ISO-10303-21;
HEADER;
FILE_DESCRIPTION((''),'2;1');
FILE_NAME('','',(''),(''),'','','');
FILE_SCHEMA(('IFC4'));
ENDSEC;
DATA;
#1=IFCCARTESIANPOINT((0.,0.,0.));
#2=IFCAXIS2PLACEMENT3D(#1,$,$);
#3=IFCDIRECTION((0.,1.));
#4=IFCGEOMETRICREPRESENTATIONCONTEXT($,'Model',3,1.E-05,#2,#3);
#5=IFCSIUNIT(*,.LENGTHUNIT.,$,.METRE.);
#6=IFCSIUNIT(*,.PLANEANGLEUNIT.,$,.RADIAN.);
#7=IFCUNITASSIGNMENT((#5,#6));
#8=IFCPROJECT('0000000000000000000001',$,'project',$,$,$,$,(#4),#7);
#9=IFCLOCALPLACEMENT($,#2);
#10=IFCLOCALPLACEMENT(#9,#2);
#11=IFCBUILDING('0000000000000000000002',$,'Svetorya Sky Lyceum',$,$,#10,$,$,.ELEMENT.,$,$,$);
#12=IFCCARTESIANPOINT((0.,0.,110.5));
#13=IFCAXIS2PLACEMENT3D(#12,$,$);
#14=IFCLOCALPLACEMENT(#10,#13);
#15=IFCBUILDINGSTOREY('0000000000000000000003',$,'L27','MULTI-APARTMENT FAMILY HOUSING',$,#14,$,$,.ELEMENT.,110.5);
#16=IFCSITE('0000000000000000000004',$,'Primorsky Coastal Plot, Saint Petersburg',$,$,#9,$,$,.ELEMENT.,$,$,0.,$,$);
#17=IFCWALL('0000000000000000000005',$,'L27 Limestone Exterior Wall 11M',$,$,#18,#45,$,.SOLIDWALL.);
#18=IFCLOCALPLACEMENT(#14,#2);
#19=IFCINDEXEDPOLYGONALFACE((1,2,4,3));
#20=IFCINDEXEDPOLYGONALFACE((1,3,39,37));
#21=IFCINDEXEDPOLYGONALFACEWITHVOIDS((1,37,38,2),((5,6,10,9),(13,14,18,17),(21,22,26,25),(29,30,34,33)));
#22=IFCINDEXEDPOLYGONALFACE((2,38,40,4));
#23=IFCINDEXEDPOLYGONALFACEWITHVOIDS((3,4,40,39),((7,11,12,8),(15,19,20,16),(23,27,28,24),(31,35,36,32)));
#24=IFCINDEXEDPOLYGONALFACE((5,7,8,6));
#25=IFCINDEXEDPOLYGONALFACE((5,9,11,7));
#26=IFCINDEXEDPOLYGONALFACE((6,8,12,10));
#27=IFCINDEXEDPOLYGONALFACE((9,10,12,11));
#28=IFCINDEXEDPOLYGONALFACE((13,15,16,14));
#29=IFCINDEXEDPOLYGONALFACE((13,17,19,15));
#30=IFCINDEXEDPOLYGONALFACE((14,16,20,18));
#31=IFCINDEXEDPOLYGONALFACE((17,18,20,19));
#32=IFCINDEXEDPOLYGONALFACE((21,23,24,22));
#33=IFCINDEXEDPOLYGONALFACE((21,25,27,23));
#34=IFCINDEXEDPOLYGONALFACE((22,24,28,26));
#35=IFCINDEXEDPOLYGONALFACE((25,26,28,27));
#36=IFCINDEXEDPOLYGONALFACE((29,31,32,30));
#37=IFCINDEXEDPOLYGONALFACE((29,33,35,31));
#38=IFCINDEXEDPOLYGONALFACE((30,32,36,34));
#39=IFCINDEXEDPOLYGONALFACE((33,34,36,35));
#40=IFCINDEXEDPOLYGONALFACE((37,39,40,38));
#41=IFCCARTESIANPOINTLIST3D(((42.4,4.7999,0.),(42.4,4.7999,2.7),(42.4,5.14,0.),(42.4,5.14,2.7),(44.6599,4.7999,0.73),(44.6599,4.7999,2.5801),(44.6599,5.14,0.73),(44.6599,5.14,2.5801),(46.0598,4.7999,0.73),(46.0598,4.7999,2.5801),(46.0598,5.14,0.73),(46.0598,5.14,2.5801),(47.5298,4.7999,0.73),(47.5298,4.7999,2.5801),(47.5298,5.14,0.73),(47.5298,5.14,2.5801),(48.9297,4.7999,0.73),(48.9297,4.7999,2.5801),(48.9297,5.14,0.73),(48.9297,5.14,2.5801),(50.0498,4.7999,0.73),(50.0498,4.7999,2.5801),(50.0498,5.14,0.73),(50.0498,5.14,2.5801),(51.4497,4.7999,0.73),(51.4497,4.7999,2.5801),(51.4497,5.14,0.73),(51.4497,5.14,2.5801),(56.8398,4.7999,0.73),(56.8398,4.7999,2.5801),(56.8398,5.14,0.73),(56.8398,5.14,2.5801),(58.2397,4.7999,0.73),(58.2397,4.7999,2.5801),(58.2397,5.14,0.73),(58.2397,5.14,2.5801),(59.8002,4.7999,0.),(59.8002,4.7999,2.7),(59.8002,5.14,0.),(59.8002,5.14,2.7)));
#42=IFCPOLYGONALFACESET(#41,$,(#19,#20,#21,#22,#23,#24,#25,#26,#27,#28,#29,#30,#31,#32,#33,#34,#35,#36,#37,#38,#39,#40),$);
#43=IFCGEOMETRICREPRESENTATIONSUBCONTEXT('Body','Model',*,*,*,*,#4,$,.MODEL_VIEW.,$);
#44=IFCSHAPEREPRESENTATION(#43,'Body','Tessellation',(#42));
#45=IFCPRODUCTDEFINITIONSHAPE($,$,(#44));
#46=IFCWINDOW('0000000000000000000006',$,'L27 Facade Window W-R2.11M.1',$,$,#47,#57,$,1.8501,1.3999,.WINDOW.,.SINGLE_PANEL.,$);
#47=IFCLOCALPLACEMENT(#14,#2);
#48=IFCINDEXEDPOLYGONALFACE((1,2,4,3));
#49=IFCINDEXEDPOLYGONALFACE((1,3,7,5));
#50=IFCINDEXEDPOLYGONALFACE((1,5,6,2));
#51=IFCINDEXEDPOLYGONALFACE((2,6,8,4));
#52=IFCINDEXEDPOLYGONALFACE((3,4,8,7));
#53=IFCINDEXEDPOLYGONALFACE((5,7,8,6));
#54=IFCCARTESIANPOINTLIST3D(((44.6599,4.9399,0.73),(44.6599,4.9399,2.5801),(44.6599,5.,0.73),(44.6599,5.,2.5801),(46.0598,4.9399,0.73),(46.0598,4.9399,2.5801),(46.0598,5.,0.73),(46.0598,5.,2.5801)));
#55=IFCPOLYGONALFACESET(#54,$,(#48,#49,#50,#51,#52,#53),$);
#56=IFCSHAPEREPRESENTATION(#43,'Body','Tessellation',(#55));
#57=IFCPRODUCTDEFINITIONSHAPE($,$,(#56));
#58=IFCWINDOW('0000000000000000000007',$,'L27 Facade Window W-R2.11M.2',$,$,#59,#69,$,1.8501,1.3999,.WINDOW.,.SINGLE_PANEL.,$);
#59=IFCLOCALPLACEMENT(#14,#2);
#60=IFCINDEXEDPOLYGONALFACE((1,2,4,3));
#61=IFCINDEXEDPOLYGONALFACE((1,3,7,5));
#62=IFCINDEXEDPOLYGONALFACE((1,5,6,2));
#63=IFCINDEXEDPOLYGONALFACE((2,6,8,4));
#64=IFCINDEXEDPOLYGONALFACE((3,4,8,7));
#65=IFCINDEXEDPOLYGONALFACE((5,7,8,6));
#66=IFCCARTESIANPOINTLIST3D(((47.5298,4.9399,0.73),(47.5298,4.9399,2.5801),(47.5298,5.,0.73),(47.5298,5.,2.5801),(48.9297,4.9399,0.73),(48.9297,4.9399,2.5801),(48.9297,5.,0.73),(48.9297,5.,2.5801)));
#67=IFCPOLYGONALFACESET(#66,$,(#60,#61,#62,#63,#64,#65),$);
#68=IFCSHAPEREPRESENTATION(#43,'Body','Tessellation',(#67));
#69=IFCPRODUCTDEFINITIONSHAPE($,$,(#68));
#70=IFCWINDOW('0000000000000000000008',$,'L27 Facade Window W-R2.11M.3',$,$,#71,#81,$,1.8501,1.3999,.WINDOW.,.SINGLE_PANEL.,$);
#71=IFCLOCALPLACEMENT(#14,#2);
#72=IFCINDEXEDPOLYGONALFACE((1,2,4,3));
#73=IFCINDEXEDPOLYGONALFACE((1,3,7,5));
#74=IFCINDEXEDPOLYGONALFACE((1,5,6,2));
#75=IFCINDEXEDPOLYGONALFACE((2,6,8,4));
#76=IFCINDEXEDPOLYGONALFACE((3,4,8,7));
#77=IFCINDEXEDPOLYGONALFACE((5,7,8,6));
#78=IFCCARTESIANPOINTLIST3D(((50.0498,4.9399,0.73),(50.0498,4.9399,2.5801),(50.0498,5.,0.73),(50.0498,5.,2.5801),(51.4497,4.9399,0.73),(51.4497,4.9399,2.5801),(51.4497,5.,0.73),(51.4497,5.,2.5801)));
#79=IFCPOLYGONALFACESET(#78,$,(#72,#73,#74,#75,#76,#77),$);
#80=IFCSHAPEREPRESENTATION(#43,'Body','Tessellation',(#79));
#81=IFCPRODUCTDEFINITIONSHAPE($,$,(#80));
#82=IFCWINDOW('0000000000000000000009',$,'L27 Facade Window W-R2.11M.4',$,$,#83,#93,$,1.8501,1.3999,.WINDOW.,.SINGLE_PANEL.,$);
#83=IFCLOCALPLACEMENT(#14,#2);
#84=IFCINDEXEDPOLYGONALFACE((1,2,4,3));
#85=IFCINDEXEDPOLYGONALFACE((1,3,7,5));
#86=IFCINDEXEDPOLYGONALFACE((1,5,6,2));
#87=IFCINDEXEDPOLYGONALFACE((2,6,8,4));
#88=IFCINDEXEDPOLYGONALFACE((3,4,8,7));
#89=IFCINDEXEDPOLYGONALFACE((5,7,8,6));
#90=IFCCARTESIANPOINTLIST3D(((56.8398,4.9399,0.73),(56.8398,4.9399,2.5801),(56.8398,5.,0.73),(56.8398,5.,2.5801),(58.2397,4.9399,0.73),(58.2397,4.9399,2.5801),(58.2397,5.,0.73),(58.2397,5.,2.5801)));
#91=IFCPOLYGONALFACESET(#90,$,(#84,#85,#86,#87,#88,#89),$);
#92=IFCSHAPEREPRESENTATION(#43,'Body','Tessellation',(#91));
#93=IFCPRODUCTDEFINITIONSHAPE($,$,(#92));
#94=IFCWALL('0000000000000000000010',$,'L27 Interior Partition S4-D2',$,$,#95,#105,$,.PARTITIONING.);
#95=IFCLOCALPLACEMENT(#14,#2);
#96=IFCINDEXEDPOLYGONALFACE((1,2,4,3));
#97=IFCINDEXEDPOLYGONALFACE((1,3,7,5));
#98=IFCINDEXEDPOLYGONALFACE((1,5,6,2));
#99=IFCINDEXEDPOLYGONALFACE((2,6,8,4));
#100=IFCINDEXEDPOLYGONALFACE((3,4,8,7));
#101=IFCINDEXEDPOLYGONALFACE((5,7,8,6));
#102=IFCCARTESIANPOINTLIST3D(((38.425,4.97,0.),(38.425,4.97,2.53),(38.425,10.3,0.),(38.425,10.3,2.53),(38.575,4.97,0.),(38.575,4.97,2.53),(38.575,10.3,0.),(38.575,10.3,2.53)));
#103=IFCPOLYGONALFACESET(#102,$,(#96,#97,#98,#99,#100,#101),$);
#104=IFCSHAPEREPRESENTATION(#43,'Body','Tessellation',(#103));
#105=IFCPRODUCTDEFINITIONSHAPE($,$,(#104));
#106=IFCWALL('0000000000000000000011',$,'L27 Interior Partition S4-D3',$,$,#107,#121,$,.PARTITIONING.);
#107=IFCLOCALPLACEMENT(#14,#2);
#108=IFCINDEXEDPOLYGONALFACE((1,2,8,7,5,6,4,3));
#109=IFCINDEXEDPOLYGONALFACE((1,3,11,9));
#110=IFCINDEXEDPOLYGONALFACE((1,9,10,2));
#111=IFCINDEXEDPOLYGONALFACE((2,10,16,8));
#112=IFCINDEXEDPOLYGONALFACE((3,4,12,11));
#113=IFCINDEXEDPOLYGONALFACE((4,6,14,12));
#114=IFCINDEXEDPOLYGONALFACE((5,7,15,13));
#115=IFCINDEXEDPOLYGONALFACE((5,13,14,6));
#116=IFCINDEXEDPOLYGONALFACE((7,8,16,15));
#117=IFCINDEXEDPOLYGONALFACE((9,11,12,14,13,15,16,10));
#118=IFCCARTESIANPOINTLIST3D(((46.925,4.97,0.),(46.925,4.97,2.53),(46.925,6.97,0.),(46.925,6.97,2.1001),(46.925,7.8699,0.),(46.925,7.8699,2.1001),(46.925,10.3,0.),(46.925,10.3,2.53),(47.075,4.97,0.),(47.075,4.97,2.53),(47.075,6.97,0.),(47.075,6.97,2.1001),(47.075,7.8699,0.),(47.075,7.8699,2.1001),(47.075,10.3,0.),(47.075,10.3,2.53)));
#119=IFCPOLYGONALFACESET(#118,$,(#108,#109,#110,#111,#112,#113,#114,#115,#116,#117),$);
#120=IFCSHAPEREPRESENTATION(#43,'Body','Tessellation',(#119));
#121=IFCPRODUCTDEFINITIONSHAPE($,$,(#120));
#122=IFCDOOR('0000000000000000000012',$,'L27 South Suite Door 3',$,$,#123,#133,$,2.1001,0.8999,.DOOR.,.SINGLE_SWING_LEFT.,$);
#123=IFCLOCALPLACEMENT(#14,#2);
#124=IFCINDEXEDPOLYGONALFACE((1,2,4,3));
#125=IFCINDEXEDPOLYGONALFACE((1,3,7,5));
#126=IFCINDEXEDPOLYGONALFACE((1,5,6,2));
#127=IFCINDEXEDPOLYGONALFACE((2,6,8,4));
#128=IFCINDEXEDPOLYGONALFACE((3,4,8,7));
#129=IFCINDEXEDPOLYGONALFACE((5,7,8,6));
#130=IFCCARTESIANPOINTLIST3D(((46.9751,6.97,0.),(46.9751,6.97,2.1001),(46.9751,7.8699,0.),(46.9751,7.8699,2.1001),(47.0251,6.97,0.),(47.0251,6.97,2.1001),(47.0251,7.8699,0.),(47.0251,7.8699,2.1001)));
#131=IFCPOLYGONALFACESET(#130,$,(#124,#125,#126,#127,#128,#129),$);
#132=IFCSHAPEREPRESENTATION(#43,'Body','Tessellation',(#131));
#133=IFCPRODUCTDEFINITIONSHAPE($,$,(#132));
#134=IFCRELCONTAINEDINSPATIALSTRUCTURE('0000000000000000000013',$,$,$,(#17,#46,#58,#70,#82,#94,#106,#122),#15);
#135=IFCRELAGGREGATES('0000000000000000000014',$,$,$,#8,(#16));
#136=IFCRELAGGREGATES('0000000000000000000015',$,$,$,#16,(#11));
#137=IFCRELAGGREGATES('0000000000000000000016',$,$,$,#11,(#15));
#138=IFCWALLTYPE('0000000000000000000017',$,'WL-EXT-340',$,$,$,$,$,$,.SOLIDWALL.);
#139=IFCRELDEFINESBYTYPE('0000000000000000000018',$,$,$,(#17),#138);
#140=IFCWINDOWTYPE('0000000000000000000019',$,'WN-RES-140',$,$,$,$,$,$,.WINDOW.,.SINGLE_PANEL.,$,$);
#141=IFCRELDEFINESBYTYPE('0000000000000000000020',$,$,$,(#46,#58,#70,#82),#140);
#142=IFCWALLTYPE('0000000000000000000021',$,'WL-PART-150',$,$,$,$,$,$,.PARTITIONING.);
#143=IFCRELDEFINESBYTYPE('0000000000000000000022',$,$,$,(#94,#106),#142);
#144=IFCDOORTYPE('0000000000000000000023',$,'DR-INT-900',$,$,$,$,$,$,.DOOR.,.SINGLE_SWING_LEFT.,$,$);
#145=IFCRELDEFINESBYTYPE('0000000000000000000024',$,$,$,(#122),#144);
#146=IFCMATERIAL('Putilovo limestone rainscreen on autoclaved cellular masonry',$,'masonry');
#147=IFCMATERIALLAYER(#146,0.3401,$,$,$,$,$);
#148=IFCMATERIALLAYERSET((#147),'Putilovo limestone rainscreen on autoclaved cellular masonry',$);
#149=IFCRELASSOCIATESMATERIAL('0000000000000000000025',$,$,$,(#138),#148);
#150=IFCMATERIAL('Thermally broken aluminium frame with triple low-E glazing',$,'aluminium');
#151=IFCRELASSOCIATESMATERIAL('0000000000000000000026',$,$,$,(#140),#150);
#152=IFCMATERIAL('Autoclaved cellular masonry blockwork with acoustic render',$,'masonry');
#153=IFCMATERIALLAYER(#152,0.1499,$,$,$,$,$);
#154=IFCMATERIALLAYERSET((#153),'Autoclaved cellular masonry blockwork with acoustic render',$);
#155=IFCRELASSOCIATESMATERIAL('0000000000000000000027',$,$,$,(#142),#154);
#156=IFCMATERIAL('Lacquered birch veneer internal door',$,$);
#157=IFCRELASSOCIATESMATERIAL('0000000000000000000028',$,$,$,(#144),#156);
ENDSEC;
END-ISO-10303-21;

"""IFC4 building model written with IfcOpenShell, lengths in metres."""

from ifc_helpers import new_model, si_unit, direction, frame, frame_2d, origin, place, context, subcontext, project, spatial, rectangle, extrude, material, layer, layer_set, type_object, element, fill, save


model = new_model("IFC4")

# Units and contexts
model_context = context("Model", 3, precision=1e-05, world=origin(), true_north=direction((0.0, 1.0)))
body_context = subcontext(model_context, "Body", "Model", "MODEL_VIEW")
ifc_project = project(units=[si_unit("LENGTHUNIT", "METRE"), si_unit("PLANEANGLEUNIT", "RADIAN")], contexts=[model_context])

# Site, building, storey
site_placement = place(None, origin())
site = spatial("IfcSite", under=ifc_project, at=site_placement, Name="Primorsky Coastal Plot, Saint Petersburg", CompositionType="ELEMENT", RefElevation=0.0)
building_placement = place(site_placement, origin())
building = spatial("IfcBuilding", under=site, at=building_placement, Name="Svetorya Sky Lyceum", CompositionType="ELEMENT")
storey_placement = place(building_placement, frame((0.0, 0.0, 110.5)))
storey = spatial("IfcBuildingStorey", under=building, at=storey_placement, Name="L27", Description="MULTI-APARTMENT FAMILY HOUSING", CompositionType="ELEMENT", Elevation=110.5)

# Shared definitions
ifc_material_1 = material(Name="Putilovo limestone rainscreen on autoclaved cellular masonry", Category="masonry")
ifc_layer_1 = layer(ifc_material_1, 0.3401)
ifc_layer_set_1 = layer_set([ifc_layer_1], Name="Putilovo limestone rainscreen on autoclaved cellular masonry")
wall_type_1 = type_object("IfcWallType", Name="WL-EXT-340", PredefinedType="SOLIDWALL", material=ifc_layer_set_1)

# Wall, openings, windows
wall_1_placement = place(storey_placement, frame((42.3999, 4.97, 0.0), z_axis=(0.0, 0.0, 1.0), x_axis=(1.0, 0.0, 0.0)))
wall_1 = element("IfcWall", 1, at=wall_1_placement, inside=storey, type_object=wall_type_1, Name="L27 Limestone Exterior Wall 11M", PredefinedType="SOLIDWALL", context=body_context, shape_type="SweptSolid", body=[
    extrude(rectangle(XDim=17.4001, YDim=0.3401, at=frame_2d((8.7002, 0.0))), origin(), (0.0, 0.0, 1.0), 2.7),
])
opening_1_placement = place(wall_1_placement, frame((2.26, 0.0, 0.73)))
opening_1 = element("IfcOpeningElement", 2, at=opening_1_placement, cuts=wall_1, PredefinedType="OPENING", context=body_context, shape_type="SweptSolid", body=[
    extrude(rectangle(XDim=1.3999, YDim=1.8501, at=frame_2d((0.7, 0.925))), frame((0.0, 0.1799, 0.0), z_axis=(0.0, -1.0, 0.0), x_axis=(1.0, 0.0, 0.0)), (0.0, 0.0, 1.0), 0.3601),
])
opening_2_placement = place(wall_1_placement, frame((5.1299, 0.0, 0.73)))
opening_2 = element("IfcOpeningElement", 3, at=opening_2_placement, cuts=wall_1, PredefinedType="OPENING", context=body_context, shape_type="SweptSolid", body=[
    extrude(rectangle(XDim=1.3999, YDim=1.8501, at=frame_2d((0.7, 0.925))), frame((0.0, 0.1799, 0.0), z_axis=(0.0, -1.0, 0.0), x_axis=(1.0, 0.0, 0.0)), (0.0, 0.0, 1.0), 0.3601),
])
opening_3_placement = place(wall_1_placement, frame((7.6499, 0.0, 0.73)))
opening_3 = element("IfcOpeningElement", 4, at=opening_3_placement, cuts=wall_1, PredefinedType="OPENING", context=body_context, shape_type="SweptSolid", body=[
    extrude(rectangle(XDim=1.3999, YDim=1.8501, at=frame_2d((0.7, 0.925))), frame((0.0, 0.1799, 0.0), z_axis=(0.0, -1.0, 0.0), x_axis=(1.0, 0.0, 0.0)), (0.0, 0.0, 1.0), 0.3601),
])
opening_4_placement = place(wall_1_placement, frame((14.4399, 0.0, 0.73)))
opening_4 = element("IfcOpeningElement", 5, at=opening_4_placement, cuts=wall_1, PredefinedType="OPENING", context=body_context, shape_type="SweptSolid", body=[
    extrude(rectangle(XDim=1.3999, YDim=1.8501, at=frame_2d((0.7, 0.925))), frame((0.0, 0.1799, 0.0), z_axis=(0.0, -1.0, 0.0), x_axis=(1.0, 0.0, 0.0)), (0.0, 0.0, 1.0), 0.3601),
])
ifc_material_2 = material(Name="Thermally broken aluminium frame with triple low-E glazing", Category="aluminium")
window_type = type_object("IfcWindowType", Name="WN-RES-140", PartitioningType="SINGLE_PANEL", PredefinedType="WINDOW", material=ifc_material_2)
window_1_placement = place(opening_1_placement, origin())
window_1 = element("IfcWindow", 6, at=window_1_placement, inside=storey, type_object=window_type, Name="L27 Facade Window W-R2.11M.1", OverallHeight=1.8501, OverallWidth=1.3999, PartitioningType="SINGLE_PANEL", PredefinedType="WINDOW", context=body_context, shape_type="SweptSolid", body=[
    extrude(rectangle(XDim=1.3999, YDim=1.8501, at=frame_2d((0.7, 0.925))), frame((0.0, 0.03, 0.0), z_axis=(0.0, -1.0, 0.0), x_axis=(1.0, 0.0, 0.0)), (0.0, 0.0, 1.0), 0.0601),
])
fill(opening_1, window_1)
window_2_placement = place(opening_2_placement, origin())
window_2 = element("IfcWindow", 7, at=window_2_placement, inside=storey, type_object=window_type, Name="L27 Facade Window W-R2.11M.2", OverallHeight=1.8501, OverallWidth=1.3999, PartitioningType="SINGLE_PANEL", PredefinedType="WINDOW", context=body_context, shape_type="SweptSolid", body=[
    extrude(rectangle(XDim=1.3999, YDim=1.8501, at=frame_2d((0.7, 0.925))), frame((0.0, 0.03, 0.0), z_axis=(0.0, -1.0, 0.0), x_axis=(1.0, 0.0, 0.0)), (0.0, 0.0, 1.0), 0.0601),
])
fill(opening_2, window_2)
window_3_placement = place(opening_3_placement, origin())
window_3 = element("IfcWindow", 8, at=window_3_placement, inside=storey, type_object=window_type, Name="L27 Facade Window W-R2.11M.3", OverallHeight=1.8501, OverallWidth=1.3999, PartitioningType="SINGLE_PANEL", PredefinedType="WINDOW", context=body_context, shape_type="SweptSolid", body=[
    extrude(rectangle(XDim=1.3999, YDim=1.8501, at=frame_2d((0.7, 0.925))), frame((0.0, 0.03, 0.0), z_axis=(0.0, -1.0, 0.0), x_axis=(1.0, 0.0, 0.0)), (0.0, 0.0, 1.0), 0.0601),
])
fill(opening_3, window_3)
window_4_placement = place(opening_4_placement, origin())
window_4 = element("IfcWindow", 9, at=window_4_placement, inside=storey, type_object=window_type, Name="L27 Facade Window W-R2.11M.4", OverallHeight=1.8501, OverallWidth=1.3999, PartitioningType="SINGLE_PANEL", PredefinedType="WINDOW", context=body_context, shape_type="SweptSolid", body=[
    extrude(rectangle(XDim=1.3999, YDim=1.8501, at=frame_2d((0.7, 0.925))), frame((0.0, 0.03, 0.0), z_axis=(0.0, -1.0, 0.0), x_axis=(1.0, 0.0, 0.0)), (0.0, 0.0, 1.0), 0.0601),
])
fill(opening_4, window_4)

# Wall
ifc_material_3 = material(Name="Autoclaved cellular masonry blockwork with acoustic render", Category="masonry")
ifc_layer_2 = layer(ifc_material_3, 0.1499)
ifc_layer_set_2 = layer_set([ifc_layer_2], Name="Autoclaved cellular masonry blockwork with acoustic render")
wall_type_2 = type_object("IfcWallType", Name="WL-PART-150", PredefinedType="PARTITIONING", material=ifc_layer_set_2)
wall_2_placement = place(storey_placement, frame((38.5, 4.97, 0.0), z_axis=(0.0, 0.0, 1.0), x_axis=(0.0, 1.0, 0.0)))
element("IfcWall", 10, at=wall_2_placement, inside=storey, type_object=wall_type_2, Name="L27 Interior Partition S4-D2", PredefinedType="PARTITIONING", context=body_context, shape_type="SweptSolid", body=[
    extrude(rectangle(XDim=5.3301, YDim=0.1499, at=frame_2d((2.665, 0.0))), origin(), (0.0, 0.0, 1.0), 2.53),
])

# Wall, opening, door
wall_3_placement = place(storey_placement, frame((47.0, 4.97, 0.0), z_axis=(0.0, 0.0, 1.0), x_axis=(0.0, 1.0, 0.0)))
wall_3 = element("IfcWall", 11, at=wall_3_placement, inside=storey, type_object=wall_type_2, Name="L27 Interior Partition S4-D3", PredefinedType="PARTITIONING", context=body_context, shape_type="SweptSolid", body=[
    extrude(rectangle(XDim=5.3301, YDim=0.1499, at=frame_2d((2.665, 0.0))), origin(), (0.0, 0.0, 1.0), 2.53),
])
opening_5_placement = place(wall_3_placement, frame((2.0, 0.0, 0.0)))
opening_5 = element("IfcOpeningElement", 12, at=opening_5_placement, cuts=wall_3, PredefinedType="OPENING", context=body_context, shape_type="SweptSolid", body=[
    extrude(rectangle(XDim=0.8999, YDim=2.1001, at=frame_2d((0.45, 1.05))), frame((0.0, 0.085, 0.0), z_axis=(0.0, -1.0, 0.0), x_axis=(1.0, 0.0, 0.0)), (0.0, 0.0, 1.0), 0.1699),
])
ifc_material_4 = material(Name="Lacquered birch veneer internal door")
door_type = type_object("IfcDoorType", Name="DR-INT-900", OperationType="SINGLE_SWING_LEFT", PredefinedType="DOOR", material=ifc_material_4)
door_placement = place(opening_5_placement, origin())
door = element("IfcDoor", 13, at=door_placement, inside=storey, type_object=door_type, Name="L27 South Suite Door 3", OperationType="SINGLE_SWING_LEFT", OverallHeight=2.1001, OverallWidth=0.8999, PredefinedType="DOOR", context=body_context, shape_type="SweptSolid", body=[
    extrude(rectangle(XDim=0.8999, YDim=2.1001, at=frame_2d((0.45, 1.05))), frame((0.0, 0.0249, 0.0), z_axis=(0.0, -1.0, 0.0), x_axis=(1.0, 0.0, 0.0)), (0.0, 0.0, 1.0), 0.05),
])
fill(opening_5, door)

save(model, "model.ifc")
